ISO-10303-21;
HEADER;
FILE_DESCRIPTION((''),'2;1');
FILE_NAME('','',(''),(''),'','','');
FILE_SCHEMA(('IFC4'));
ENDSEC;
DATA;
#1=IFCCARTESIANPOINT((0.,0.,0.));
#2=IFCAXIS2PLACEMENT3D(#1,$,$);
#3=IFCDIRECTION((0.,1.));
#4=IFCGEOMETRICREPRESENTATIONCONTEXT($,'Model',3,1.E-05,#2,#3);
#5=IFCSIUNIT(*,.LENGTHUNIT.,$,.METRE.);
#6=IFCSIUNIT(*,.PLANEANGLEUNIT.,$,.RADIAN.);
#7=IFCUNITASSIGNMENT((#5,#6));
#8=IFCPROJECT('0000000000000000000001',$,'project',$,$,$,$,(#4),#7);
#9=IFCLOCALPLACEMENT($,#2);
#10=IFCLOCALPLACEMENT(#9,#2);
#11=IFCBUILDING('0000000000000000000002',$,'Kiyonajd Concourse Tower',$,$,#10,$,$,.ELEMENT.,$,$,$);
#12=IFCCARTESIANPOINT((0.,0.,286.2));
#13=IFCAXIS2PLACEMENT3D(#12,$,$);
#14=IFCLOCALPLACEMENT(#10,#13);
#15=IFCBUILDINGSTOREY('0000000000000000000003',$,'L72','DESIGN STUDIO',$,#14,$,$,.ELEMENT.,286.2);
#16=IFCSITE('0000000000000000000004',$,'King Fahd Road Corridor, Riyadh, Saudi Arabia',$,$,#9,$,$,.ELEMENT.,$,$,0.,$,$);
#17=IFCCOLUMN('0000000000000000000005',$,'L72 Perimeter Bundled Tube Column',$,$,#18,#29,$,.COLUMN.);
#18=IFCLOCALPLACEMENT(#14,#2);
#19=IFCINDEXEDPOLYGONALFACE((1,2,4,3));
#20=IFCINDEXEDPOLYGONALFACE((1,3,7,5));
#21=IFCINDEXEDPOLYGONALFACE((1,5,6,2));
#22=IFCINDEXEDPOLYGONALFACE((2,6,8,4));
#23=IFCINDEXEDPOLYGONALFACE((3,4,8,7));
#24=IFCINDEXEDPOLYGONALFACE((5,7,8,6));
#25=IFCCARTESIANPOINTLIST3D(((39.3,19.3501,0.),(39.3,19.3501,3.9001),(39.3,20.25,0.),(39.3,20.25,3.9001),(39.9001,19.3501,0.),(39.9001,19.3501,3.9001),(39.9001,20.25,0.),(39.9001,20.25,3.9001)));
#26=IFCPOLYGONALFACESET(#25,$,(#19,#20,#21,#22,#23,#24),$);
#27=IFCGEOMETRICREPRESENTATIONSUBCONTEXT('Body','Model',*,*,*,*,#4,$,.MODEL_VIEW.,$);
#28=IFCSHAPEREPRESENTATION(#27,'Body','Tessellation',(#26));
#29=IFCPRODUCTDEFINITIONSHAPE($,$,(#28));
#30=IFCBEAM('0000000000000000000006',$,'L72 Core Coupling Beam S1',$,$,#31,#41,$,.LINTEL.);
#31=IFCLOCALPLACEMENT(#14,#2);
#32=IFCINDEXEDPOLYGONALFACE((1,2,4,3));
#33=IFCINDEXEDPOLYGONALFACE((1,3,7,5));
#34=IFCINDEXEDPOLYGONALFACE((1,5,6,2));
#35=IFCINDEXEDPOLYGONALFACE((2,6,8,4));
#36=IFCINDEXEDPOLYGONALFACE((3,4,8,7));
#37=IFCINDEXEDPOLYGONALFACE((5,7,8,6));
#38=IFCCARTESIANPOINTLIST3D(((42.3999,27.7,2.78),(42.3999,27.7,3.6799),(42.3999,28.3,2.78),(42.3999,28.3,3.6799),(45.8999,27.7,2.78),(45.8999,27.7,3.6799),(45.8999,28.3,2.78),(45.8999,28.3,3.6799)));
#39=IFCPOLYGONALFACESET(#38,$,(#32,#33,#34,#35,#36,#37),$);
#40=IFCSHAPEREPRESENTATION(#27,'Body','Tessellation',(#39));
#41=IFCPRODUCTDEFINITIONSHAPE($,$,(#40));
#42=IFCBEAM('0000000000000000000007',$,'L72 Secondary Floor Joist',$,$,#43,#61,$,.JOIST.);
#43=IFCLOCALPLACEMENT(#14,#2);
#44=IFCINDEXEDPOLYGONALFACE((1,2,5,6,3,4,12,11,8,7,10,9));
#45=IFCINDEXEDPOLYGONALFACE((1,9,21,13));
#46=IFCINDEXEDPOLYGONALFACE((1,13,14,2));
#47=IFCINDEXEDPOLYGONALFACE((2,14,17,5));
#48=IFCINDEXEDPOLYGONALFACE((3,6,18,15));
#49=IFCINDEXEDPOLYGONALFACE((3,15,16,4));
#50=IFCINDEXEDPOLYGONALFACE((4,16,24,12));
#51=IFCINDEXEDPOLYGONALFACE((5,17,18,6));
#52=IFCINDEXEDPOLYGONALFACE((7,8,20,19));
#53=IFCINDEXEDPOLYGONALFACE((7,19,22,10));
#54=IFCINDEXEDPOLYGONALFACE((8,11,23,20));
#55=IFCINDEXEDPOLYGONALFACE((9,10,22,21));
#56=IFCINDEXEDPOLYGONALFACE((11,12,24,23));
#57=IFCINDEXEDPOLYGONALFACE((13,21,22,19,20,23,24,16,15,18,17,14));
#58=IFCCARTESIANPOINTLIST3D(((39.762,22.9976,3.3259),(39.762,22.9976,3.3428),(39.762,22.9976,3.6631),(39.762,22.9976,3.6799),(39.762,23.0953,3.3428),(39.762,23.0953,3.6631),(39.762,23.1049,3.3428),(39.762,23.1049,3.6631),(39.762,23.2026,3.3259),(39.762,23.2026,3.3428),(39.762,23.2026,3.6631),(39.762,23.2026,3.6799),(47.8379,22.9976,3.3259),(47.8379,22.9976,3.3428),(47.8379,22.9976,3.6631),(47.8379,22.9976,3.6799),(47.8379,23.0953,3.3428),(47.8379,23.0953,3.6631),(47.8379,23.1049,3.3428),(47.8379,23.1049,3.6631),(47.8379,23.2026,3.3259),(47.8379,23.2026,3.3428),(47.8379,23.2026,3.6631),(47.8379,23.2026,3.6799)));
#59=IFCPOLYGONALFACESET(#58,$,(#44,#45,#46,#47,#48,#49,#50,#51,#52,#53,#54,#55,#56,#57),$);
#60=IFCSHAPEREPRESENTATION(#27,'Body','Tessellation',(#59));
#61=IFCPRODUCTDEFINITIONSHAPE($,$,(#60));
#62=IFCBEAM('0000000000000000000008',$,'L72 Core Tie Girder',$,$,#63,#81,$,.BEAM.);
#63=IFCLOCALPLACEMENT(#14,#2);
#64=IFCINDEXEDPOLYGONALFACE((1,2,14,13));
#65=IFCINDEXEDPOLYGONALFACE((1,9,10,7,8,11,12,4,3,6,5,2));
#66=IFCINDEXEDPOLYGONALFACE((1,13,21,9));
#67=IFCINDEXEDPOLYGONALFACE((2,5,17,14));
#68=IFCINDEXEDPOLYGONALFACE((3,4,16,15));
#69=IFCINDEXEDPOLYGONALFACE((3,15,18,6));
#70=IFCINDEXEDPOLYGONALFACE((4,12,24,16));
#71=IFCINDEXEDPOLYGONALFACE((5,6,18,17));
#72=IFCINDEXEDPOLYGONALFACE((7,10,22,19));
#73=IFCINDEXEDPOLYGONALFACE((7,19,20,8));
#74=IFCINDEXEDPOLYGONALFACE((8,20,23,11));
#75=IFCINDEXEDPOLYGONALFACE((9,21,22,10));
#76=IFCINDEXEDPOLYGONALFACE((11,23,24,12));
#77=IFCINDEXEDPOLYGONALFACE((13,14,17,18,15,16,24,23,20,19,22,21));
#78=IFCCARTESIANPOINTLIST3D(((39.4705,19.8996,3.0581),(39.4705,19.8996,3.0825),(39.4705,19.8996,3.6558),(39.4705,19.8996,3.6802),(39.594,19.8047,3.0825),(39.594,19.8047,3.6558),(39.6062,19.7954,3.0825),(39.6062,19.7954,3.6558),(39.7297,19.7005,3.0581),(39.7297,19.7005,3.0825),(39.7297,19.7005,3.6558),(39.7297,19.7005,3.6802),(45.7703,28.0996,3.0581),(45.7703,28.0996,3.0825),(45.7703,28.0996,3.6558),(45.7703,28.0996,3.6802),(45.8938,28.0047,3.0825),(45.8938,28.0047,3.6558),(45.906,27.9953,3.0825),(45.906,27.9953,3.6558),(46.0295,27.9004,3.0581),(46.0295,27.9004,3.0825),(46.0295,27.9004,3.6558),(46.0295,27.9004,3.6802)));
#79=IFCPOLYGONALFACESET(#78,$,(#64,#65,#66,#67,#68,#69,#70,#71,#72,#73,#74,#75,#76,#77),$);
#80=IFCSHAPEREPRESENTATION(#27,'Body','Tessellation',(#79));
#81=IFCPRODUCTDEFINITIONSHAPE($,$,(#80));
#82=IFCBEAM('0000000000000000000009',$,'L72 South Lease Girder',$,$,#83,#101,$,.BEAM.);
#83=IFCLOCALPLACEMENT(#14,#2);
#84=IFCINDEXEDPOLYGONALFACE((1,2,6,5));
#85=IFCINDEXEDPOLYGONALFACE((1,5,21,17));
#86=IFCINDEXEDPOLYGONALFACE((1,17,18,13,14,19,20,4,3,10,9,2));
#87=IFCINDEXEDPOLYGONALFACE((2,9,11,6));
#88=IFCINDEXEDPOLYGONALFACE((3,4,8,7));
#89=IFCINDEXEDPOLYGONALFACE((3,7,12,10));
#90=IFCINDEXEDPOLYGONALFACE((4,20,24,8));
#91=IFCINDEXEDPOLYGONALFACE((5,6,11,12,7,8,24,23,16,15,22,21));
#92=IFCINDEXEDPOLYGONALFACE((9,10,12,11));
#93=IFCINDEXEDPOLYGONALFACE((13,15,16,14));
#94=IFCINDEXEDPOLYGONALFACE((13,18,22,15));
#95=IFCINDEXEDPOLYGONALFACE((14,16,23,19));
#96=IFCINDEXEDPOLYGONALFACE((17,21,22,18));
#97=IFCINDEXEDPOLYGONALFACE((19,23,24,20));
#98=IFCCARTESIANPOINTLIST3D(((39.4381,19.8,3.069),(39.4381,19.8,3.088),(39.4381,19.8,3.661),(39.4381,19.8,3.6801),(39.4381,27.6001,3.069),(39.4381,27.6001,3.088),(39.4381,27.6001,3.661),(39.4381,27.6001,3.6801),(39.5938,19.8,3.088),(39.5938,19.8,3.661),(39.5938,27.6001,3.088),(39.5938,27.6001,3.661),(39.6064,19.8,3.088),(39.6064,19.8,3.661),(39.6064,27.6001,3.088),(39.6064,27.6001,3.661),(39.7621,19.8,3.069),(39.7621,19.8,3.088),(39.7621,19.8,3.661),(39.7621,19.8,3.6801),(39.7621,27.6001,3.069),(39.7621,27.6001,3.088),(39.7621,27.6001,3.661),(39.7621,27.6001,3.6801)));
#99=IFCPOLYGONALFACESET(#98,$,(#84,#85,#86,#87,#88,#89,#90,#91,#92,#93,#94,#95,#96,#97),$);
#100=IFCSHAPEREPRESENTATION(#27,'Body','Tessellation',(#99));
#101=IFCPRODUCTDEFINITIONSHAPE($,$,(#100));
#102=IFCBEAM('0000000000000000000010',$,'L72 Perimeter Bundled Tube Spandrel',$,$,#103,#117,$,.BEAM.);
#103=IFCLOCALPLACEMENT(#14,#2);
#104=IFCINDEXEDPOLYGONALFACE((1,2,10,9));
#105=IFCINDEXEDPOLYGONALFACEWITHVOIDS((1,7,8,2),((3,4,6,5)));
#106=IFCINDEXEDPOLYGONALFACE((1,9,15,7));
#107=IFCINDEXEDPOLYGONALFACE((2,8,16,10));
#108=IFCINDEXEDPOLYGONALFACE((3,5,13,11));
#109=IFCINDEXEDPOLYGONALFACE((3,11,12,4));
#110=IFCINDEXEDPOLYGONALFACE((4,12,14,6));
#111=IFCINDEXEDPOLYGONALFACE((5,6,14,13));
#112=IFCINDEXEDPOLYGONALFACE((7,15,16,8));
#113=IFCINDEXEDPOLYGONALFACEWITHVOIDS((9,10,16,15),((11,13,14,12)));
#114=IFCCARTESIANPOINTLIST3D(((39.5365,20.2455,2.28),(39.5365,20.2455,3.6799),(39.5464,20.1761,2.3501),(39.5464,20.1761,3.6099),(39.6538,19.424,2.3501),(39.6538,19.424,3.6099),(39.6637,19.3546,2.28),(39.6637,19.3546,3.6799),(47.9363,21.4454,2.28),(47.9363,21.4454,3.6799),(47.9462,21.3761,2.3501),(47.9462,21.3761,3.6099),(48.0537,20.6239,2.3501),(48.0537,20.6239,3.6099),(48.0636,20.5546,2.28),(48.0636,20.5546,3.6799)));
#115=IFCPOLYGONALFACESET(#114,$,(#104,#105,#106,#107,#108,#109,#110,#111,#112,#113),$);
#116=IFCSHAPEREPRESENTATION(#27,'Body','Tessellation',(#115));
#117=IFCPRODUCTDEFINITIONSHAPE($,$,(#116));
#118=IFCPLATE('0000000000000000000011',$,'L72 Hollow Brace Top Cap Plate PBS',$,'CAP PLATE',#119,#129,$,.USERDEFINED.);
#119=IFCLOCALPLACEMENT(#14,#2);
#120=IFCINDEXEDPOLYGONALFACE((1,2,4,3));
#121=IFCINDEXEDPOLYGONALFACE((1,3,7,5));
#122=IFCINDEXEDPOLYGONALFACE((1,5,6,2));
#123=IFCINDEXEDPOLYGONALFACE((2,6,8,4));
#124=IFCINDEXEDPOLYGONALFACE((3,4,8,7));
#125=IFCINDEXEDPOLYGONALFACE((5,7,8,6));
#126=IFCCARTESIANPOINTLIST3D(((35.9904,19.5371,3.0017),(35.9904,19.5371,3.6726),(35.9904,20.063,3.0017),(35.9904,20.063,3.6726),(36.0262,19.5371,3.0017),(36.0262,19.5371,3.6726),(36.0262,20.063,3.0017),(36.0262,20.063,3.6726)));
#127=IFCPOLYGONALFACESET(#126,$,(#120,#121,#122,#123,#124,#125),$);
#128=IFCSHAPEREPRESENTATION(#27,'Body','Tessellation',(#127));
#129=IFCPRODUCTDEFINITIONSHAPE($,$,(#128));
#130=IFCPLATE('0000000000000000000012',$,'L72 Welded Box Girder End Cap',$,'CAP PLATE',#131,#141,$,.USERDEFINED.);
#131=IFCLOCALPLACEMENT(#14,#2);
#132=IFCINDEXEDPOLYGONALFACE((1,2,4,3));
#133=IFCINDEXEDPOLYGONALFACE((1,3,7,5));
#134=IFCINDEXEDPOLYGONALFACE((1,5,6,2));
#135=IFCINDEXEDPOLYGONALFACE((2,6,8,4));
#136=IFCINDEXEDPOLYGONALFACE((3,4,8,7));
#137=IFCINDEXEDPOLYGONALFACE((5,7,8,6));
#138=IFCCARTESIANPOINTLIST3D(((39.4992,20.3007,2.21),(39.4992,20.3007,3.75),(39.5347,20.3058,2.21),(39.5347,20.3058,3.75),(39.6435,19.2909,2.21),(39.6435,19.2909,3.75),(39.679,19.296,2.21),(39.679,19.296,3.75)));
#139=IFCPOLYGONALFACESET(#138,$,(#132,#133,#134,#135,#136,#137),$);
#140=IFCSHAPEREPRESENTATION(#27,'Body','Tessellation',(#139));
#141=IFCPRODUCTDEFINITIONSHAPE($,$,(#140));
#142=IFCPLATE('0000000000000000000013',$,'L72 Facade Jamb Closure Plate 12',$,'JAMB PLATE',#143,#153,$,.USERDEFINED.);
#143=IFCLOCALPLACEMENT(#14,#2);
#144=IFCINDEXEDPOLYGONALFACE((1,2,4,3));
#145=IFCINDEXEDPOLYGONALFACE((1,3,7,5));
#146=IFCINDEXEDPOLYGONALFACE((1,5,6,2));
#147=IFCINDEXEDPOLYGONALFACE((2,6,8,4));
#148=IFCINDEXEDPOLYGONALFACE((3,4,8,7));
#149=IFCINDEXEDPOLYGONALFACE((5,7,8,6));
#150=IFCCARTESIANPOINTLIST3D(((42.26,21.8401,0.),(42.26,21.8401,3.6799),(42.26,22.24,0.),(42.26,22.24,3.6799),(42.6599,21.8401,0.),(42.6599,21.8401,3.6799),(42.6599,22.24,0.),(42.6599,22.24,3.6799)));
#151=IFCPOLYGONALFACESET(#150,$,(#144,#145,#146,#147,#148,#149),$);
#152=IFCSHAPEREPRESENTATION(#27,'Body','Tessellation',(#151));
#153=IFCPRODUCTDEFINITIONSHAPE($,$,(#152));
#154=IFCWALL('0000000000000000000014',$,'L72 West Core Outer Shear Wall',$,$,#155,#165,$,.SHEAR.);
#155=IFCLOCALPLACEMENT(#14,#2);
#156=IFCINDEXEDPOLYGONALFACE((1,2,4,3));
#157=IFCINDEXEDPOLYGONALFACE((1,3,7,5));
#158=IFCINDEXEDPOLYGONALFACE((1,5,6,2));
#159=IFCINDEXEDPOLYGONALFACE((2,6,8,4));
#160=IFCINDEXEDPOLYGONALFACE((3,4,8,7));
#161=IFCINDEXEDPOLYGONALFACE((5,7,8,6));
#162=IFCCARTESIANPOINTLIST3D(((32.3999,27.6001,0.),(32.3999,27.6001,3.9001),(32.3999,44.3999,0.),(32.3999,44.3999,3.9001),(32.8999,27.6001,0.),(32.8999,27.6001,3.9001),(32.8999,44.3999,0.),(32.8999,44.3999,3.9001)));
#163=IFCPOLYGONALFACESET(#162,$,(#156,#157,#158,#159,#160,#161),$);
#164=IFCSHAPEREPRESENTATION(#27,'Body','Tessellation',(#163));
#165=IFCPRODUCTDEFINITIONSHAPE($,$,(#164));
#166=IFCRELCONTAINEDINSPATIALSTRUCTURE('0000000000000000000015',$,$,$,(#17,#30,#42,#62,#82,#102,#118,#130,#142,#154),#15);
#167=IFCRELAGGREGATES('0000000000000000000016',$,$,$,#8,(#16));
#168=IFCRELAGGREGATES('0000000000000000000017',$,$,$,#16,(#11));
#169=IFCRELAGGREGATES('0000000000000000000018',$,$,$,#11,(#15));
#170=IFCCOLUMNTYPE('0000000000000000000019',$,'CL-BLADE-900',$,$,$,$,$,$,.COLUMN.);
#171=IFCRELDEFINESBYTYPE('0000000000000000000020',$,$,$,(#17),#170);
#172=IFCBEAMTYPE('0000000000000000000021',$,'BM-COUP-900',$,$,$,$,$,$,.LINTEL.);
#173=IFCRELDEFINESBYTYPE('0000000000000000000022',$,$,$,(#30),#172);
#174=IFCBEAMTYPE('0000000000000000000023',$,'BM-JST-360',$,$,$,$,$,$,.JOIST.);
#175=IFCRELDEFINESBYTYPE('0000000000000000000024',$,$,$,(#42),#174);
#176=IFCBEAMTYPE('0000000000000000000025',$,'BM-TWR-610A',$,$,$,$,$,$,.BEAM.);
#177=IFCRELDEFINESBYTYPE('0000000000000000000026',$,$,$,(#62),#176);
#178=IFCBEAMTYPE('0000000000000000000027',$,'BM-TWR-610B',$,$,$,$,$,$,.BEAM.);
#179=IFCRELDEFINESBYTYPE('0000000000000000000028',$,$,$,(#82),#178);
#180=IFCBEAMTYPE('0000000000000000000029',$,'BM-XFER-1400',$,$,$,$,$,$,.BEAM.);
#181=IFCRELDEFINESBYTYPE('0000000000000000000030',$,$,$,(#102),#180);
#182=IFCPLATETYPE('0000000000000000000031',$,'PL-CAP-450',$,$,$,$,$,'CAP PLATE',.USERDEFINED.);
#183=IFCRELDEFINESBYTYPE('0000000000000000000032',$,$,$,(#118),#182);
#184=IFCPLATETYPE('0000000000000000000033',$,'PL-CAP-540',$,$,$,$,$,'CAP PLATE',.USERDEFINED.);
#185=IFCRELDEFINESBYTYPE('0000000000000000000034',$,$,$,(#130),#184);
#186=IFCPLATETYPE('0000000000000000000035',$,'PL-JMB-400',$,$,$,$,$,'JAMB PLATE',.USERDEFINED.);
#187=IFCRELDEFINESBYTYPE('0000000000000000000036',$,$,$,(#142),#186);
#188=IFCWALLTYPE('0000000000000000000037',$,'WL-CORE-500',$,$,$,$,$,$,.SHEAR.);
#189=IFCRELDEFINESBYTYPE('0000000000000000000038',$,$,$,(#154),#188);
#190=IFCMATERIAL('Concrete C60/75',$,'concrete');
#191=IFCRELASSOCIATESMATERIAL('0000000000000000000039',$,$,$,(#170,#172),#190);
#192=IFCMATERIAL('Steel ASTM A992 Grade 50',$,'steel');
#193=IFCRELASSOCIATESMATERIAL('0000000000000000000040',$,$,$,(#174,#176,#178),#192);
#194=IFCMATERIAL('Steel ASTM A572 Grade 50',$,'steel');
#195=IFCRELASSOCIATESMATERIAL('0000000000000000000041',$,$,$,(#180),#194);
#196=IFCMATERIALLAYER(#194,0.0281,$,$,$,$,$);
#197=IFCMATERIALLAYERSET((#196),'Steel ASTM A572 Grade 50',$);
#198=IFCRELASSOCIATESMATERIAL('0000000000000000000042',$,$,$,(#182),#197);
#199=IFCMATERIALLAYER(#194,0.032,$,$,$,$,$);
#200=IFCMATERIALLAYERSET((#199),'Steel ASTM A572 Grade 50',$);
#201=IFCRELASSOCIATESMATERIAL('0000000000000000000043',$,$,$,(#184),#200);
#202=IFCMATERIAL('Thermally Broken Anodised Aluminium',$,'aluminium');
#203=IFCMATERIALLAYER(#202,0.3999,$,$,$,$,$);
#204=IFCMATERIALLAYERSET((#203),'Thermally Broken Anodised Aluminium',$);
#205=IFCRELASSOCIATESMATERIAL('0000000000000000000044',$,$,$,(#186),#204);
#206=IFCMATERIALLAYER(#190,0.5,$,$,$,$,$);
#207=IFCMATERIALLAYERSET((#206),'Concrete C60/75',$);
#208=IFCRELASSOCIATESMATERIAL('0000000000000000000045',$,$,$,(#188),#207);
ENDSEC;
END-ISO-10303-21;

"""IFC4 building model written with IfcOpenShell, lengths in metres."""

from ifc_helpers import new_model, si_unit, direction, frame, frame_2d, origin, origin_2d, place, context, subcontext, project, spatial, rectangle, hollow_rectangle, i_section, extrude, material, layer, layer_set, material_profile, profile_set, type_object, element, save


model = new_model("IFC4")

# Units and contexts
model_context = context("Model", 3, precision=1e-05, world=origin(), true_north=direction((0.0, 1.0)))
body_context = subcontext(model_context, "Body", "Model", "MODEL_VIEW")
ifc_project = project(units=[si_unit("LENGTHUNIT", "METRE"), si_unit("PLANEANGLEUNIT", "RADIAN")], contexts=[model_context])

# Site, building, storey
site_placement = place(None, origin())
site = spatial("IfcSite", under=ifc_project, at=site_placement, Name="King Fahd Road Corridor, Riyadh, Saudi Arabia", CompositionType="ELEMENT", RefElevation=0.0)
building_placement = place(site_placement, origin())
building = spatial("IfcBuilding", under=site, at=building_placement, Name="Kiyonajd Concourse Tower", CompositionType="ELEMENT")
storey_placement = place(building_placement, frame((0.0, 0.0, 286.2)))
storey = spatial("IfcBuildingStorey", under=building, at=storey_placement, Name="L72", Description="DESIGN STUDIO", CompositionType="ELEMENT", Elevation=286.2)

# Column
ifc_material_1 = material(Name="Concrete C60/75", Category="concrete")
ifc_material_profile_1 = material_profile(ifc_material_1, rectangle(XDim=0.6001, YDim=0.8999, at=origin_2d()), Name="RC-900x600")
ifc_profile_set_1 = profile_set([ifc_material_profile_1], Name="Concrete C60/75")
column_type = type_object("IfcColumnType", Name="CL-BLADE-900", PredefinedType="COLUMN", material=ifc_profile_set_1)
column_placement = place(storey_placement, frame((39.6001, 19.8, 0.0), z_axis=(0.0, 0.0, 1.0), x_axis=(1.0, 0.0, 0.0)))
element("IfcColumn", 1, at=column_placement, inside=storey, type_object=column_type, Name="L72 Perimeter Bundled Tube Column", PredefinedType="COLUMN", context=body_context, shape_type="SweptSolid", body=[
    extrude(rectangle(XDim=0.6001, YDim=0.8999, at=origin_2d()), origin(), (0.0, 0.0, 1.0), 3.9001),
])

# Beams
ifc_material_profile_2 = material_profile(ifc_material_1, rectangle(XDim=0.6001, YDim=0.8999, at=origin_2d()), Name="RCBM-600x900")
ifc_profile_set_2 = profile_set([ifc_material_profile_2], Name="Concrete C60/75")
beam_type_1 = type_object("IfcBeamType", Name="BM-COUP-900", PredefinedType="LINTEL", material=ifc_profile_set_2)
beam_1_placement = place(storey_placement, frame((42.3999, 28.0, 3.23), z_axis=(1.0, 0.0, 0.0), x_axis=(0.0, 1.0, 0.0)))
element("IfcBeam", 2, at=beam_1_placement, inside=storey, type_object=beam_type_1, Name="L72 Core Coupling Beam S1", PredefinedType="LINTEL", context=body_context, shape_type="SweptSolid", body=[
    extrude(rectangle(XDim=0.6001, YDim=0.8999, at=origin_2d()), origin(), (0.0, 0.0, 1.0), 3.5),
])
ifc_material_2 = material(Name="Steel ASTM A992 Grade 50", Category="steel")
ifc_material_profile_3 = material_profile(ifc_material_2, i_section(OverallWidth=0.2051, OverallDepth=0.354, WebThickness=0.0095, FlangeThickness=0.0168, at=origin_2d()), Name="W360X79")
ifc_profile_set_3 = profile_set([ifc_material_profile_3], Name="Steel ASTM A992 Grade 50")
beam_type_2 = type_object("IfcBeamType", Name="BM-JST-360", PredefinedType="JOIST", material=ifc_profile_set_3)
beam_2_placement = place(storey_placement, frame((39.762, 23.1001, 3.5029), z_axis=(1.0, 0.0, 0.0), x_axis=(0.0, 1.0, 0.0)))
element("IfcBeam", 3, at=beam_2_placement, inside=storey, type_object=beam_type_2, Name="L72 Secondary Floor Joist", PredefinedType="JOIST", context=body_context, shape_type="SweptSolid", body=[
    extrude(i_section(OverallWidth=0.2051, OverallDepth=0.354, WebThickness=0.0095, FlangeThickness=0.0168, at=origin_2d()), origin(), (0.0, 0.0, 1.0), 8.0759),
])
ifc_material_profile_4 = material_profile(ifc_material_2, i_section(OverallWidth=0.3269, OverallDepth=0.6221, WebThickness=0.0154, FlangeThickness=0.0244, at=origin_2d()), Name="W610X195")
ifc_profile_set_4 = profile_set([ifc_material_profile_4], Name="Steel ASTM A992 Grade 50")
beam_type_3 = type_object("IfcBeamType", Name="BM-TWR-610A", PredefinedType="BEAM", material=ifc_profile_set_4)
beam_3_placement = place(storey_placement, frame((39.6001, 19.8, 3.3691), z_axis=(0.609234, 0.792991, 0.0), x_axis=(-0.792991, 0.609234, 0.0)))
element("IfcBeam", 4, at=beam_3_placement, inside=storey, type_object=beam_type_3, Name="L72 Core Tie Girder", PredefinedType="BEAM", context=body_context, shape_type="SweptSolid", body=[
    extrude(i_section(OverallWidth=0.3269, OverallDepth=0.6221, WebThickness=0.0154, FlangeThickness=0.0244, at=origin_2d()), origin(), (0.0, 0.0, 1.0), 10.3406),
])
ifc_material_profile_5 = material_profile(ifc_material_2, i_section(OverallWidth=0.324, OverallDepth=0.6111, WebThickness=0.0127, FlangeThickness=0.019, at=origin_2d()), Name="W610X155")
ifc_profile_set_5 = profile_set([ifc_material_profile_5], Name="Steel ASTM A992 Grade 50")
beam_type_4 = type_object("IfcBeamType", Name="BM-TWR-610B", PredefinedType="BEAM", material=ifc_profile_set_5)
beam_4_placement = place(storey_placement, frame((39.6001, 19.8, 3.3745), z_axis=(0.0, 1.0, 0.0), x_axis=(-1.0, 0.0, 0.0)))
element("IfcBeam", 5, at=beam_4_placement, inside=storey, type_object=beam_type_4, Name="L72 South Lease Girder", PredefinedType="BEAM", context=body_context, shape_type="SweptSolid", body=[
    extrude(i_section(OverallWidth=0.324, OverallDepth=0.6111, WebThickness=0.0127, FlangeThickness=0.019, at=origin_2d()), origin(), (0.0, 0.0, 1.0), 7.8),
])
ifc_material_3 = material(Name="Steel ASTM A572 Grade 50", Category="steel")
ifc_material_profile_6 = material_profile(ifc_material_3, hollow_rectangle(XDim=0.8999, YDim=1.3999, WallThickness=0.0701, at=origin_2d()), Name="BOX-1400x900x70")
ifc_profile_set_6 = profile_set([ifc_material_profile_6], Name="Steel ASTM A572 Grade 50")
beam_type_5 = type_object("IfcBeamType", Name="BM-XFER-1400", PredefinedType="BEAM", material=ifc_profile_set_6)
beam_5_placement = place(storey_placement, frame((39.6001, 19.8, 2.98), z_axis=(0.98995, 0.141417, 0.0), x_axis=(-0.141417, 0.98995, 0.0)))
element("IfcBeam", 6, at=beam_5_placement, inside=storey, type_object=beam_type_5, Name="L72 Perimeter Bundled Tube Spandrel", PredefinedType="BEAM", context=body_context, shape_type="SweptSolid", body=[
    extrude(hollow_rectangle(XDim=0.8999, YDim=1.3999, WallThickness=0.0701, at=origin_2d()), origin(), (0.0, 0.0, 1.0), 8.4851),
])

# Plates
ifc_layer_1 = layer(ifc_material_3, 0.0281)
ifc_layer_set_1 = layer_set([ifc_layer_1], Name="Steel ASTM A572 Grade 50")
plate_type_1 = type_object("IfcPlateType", Name="PL-CAP-450", ElementType="CAP PLATE", PredefinedType="USERDEFINED", material=ifc_layer_set_1)
plate_1_placement = place(storey_placement, frame((36.0083, 19.8, 3.0017), z_axis=(0.0, 0.0, 1.0), x_axis=(1.0, 0.0, 0.0)))
element("IfcPlate", 7, at=plate_1_placement, inside=storey, type_object=plate_type_1, Name="L72 Hollow Brace Top Cap Plate PBS", ObjectType="CAP PLATE", PredefinedType="USERDEFINED", context=body_context, shape_type="SweptSolid", body=[
    extrude(rectangle(XDim=0.0359, YDim=0.5259, at=origin_2d()), origin(), (0.0, 0.0, 1.0), 0.6709),
])
ifc_layer_2 = layer(ifc_material_3, 0.032)
ifc_layer_set_2 = layer_set([ifc_layer_2], Name="Steel ASTM A572 Grade 50")
plate_type_2 = type_object("IfcPlateType", Name="PL-CAP-540", ElementType="CAP PLATE", PredefinedType="USERDEFINED", material=ifc_layer_set_2)
plate_2_placement = place(storey_placement, frame((39.5891, 19.7983, 2.21), z_axis=(0.0, 0.0, 1.0), x_axis=(-0.98995, -0.14142, 0.0)))
element("IfcPlate", 8, at=plate_2_placement, inside=storey, type_object=plate_type_2, Name="L72 Welded Box Girder End Cap", ObjectType="CAP PLATE", PredefinedType="USERDEFINED", context=body_context, shape_type="SweptSolid", body=[
    extrude(rectangle(XDim=0.0359, YDim=1.02, at=origin_2d()), origin(), (0.0, 0.0, 1.0), 1.54),
])
ifc_material_4 = material(Name="Thermally Broken Anodised Aluminium", Category="aluminium")
ifc_layer_3 = layer(ifc_material_4, 0.3999)
ifc_layer_set_3 = layer_set([ifc_layer_3], Name="Thermally Broken Anodised Aluminium")
plate_type_3 = type_object("IfcPlateType", Name="PL-JMB-400", ElementType="JAMB PLATE", PredefinedType="USERDEFINED", material=ifc_layer_set_3)
plate_3_placement = place(storey_placement, frame((42.46, 22.04, 0.0), z_axis=(0.0, 0.0, 1.0), x_axis=(1.0, 0.0, 0.0)))
element("IfcPlate", 9, at=plate_3_placement, inside=storey, type_object=plate_type_3, Name="L72 Facade Jamb Closure Plate 12", ObjectType="JAMB PLATE", PredefinedType="USERDEFINED", context=body_context, shape_type="SweptSolid", body=[
    extrude(rectangle(XDim=0.3999, YDim=0.3999, at=origin_2d()), origin(), (0.0, 0.0, 1.0), 3.6799),
])

# Wall
ifc_layer_4 = layer(ifc_material_1, 0.5)
ifc_layer_set_4 = layer_set([ifc_layer_4], Name="Concrete C60/75")
wall_type_1 = type_object("IfcWallType", Name="WL-CORE-500", PredefinedType="SHEAR", material=ifc_layer_set_4)
wall_1_placement = place(storey_placement, frame((32.6499, 27.6001, 0.0), z_axis=(0.0, 0.0, 1.0), x_axis=(0.0, 1.0, 0.0)))
element("IfcWall", 10, at=wall_1_placement, inside=storey, type_object=wall_type_1, Name="L72 West Core Outer Shear Wall", PredefinedType="SHEAR", context=body_context, shape_type="SweptSolid", body=[
    extrude(rectangle(XDim=16.7998, YDim=0.5, at=frame_2d((8.3999, 0.0))), origin(), (0.0, 0.0, 1.0), 3.9001),
])

save(model, "model.ifc")
